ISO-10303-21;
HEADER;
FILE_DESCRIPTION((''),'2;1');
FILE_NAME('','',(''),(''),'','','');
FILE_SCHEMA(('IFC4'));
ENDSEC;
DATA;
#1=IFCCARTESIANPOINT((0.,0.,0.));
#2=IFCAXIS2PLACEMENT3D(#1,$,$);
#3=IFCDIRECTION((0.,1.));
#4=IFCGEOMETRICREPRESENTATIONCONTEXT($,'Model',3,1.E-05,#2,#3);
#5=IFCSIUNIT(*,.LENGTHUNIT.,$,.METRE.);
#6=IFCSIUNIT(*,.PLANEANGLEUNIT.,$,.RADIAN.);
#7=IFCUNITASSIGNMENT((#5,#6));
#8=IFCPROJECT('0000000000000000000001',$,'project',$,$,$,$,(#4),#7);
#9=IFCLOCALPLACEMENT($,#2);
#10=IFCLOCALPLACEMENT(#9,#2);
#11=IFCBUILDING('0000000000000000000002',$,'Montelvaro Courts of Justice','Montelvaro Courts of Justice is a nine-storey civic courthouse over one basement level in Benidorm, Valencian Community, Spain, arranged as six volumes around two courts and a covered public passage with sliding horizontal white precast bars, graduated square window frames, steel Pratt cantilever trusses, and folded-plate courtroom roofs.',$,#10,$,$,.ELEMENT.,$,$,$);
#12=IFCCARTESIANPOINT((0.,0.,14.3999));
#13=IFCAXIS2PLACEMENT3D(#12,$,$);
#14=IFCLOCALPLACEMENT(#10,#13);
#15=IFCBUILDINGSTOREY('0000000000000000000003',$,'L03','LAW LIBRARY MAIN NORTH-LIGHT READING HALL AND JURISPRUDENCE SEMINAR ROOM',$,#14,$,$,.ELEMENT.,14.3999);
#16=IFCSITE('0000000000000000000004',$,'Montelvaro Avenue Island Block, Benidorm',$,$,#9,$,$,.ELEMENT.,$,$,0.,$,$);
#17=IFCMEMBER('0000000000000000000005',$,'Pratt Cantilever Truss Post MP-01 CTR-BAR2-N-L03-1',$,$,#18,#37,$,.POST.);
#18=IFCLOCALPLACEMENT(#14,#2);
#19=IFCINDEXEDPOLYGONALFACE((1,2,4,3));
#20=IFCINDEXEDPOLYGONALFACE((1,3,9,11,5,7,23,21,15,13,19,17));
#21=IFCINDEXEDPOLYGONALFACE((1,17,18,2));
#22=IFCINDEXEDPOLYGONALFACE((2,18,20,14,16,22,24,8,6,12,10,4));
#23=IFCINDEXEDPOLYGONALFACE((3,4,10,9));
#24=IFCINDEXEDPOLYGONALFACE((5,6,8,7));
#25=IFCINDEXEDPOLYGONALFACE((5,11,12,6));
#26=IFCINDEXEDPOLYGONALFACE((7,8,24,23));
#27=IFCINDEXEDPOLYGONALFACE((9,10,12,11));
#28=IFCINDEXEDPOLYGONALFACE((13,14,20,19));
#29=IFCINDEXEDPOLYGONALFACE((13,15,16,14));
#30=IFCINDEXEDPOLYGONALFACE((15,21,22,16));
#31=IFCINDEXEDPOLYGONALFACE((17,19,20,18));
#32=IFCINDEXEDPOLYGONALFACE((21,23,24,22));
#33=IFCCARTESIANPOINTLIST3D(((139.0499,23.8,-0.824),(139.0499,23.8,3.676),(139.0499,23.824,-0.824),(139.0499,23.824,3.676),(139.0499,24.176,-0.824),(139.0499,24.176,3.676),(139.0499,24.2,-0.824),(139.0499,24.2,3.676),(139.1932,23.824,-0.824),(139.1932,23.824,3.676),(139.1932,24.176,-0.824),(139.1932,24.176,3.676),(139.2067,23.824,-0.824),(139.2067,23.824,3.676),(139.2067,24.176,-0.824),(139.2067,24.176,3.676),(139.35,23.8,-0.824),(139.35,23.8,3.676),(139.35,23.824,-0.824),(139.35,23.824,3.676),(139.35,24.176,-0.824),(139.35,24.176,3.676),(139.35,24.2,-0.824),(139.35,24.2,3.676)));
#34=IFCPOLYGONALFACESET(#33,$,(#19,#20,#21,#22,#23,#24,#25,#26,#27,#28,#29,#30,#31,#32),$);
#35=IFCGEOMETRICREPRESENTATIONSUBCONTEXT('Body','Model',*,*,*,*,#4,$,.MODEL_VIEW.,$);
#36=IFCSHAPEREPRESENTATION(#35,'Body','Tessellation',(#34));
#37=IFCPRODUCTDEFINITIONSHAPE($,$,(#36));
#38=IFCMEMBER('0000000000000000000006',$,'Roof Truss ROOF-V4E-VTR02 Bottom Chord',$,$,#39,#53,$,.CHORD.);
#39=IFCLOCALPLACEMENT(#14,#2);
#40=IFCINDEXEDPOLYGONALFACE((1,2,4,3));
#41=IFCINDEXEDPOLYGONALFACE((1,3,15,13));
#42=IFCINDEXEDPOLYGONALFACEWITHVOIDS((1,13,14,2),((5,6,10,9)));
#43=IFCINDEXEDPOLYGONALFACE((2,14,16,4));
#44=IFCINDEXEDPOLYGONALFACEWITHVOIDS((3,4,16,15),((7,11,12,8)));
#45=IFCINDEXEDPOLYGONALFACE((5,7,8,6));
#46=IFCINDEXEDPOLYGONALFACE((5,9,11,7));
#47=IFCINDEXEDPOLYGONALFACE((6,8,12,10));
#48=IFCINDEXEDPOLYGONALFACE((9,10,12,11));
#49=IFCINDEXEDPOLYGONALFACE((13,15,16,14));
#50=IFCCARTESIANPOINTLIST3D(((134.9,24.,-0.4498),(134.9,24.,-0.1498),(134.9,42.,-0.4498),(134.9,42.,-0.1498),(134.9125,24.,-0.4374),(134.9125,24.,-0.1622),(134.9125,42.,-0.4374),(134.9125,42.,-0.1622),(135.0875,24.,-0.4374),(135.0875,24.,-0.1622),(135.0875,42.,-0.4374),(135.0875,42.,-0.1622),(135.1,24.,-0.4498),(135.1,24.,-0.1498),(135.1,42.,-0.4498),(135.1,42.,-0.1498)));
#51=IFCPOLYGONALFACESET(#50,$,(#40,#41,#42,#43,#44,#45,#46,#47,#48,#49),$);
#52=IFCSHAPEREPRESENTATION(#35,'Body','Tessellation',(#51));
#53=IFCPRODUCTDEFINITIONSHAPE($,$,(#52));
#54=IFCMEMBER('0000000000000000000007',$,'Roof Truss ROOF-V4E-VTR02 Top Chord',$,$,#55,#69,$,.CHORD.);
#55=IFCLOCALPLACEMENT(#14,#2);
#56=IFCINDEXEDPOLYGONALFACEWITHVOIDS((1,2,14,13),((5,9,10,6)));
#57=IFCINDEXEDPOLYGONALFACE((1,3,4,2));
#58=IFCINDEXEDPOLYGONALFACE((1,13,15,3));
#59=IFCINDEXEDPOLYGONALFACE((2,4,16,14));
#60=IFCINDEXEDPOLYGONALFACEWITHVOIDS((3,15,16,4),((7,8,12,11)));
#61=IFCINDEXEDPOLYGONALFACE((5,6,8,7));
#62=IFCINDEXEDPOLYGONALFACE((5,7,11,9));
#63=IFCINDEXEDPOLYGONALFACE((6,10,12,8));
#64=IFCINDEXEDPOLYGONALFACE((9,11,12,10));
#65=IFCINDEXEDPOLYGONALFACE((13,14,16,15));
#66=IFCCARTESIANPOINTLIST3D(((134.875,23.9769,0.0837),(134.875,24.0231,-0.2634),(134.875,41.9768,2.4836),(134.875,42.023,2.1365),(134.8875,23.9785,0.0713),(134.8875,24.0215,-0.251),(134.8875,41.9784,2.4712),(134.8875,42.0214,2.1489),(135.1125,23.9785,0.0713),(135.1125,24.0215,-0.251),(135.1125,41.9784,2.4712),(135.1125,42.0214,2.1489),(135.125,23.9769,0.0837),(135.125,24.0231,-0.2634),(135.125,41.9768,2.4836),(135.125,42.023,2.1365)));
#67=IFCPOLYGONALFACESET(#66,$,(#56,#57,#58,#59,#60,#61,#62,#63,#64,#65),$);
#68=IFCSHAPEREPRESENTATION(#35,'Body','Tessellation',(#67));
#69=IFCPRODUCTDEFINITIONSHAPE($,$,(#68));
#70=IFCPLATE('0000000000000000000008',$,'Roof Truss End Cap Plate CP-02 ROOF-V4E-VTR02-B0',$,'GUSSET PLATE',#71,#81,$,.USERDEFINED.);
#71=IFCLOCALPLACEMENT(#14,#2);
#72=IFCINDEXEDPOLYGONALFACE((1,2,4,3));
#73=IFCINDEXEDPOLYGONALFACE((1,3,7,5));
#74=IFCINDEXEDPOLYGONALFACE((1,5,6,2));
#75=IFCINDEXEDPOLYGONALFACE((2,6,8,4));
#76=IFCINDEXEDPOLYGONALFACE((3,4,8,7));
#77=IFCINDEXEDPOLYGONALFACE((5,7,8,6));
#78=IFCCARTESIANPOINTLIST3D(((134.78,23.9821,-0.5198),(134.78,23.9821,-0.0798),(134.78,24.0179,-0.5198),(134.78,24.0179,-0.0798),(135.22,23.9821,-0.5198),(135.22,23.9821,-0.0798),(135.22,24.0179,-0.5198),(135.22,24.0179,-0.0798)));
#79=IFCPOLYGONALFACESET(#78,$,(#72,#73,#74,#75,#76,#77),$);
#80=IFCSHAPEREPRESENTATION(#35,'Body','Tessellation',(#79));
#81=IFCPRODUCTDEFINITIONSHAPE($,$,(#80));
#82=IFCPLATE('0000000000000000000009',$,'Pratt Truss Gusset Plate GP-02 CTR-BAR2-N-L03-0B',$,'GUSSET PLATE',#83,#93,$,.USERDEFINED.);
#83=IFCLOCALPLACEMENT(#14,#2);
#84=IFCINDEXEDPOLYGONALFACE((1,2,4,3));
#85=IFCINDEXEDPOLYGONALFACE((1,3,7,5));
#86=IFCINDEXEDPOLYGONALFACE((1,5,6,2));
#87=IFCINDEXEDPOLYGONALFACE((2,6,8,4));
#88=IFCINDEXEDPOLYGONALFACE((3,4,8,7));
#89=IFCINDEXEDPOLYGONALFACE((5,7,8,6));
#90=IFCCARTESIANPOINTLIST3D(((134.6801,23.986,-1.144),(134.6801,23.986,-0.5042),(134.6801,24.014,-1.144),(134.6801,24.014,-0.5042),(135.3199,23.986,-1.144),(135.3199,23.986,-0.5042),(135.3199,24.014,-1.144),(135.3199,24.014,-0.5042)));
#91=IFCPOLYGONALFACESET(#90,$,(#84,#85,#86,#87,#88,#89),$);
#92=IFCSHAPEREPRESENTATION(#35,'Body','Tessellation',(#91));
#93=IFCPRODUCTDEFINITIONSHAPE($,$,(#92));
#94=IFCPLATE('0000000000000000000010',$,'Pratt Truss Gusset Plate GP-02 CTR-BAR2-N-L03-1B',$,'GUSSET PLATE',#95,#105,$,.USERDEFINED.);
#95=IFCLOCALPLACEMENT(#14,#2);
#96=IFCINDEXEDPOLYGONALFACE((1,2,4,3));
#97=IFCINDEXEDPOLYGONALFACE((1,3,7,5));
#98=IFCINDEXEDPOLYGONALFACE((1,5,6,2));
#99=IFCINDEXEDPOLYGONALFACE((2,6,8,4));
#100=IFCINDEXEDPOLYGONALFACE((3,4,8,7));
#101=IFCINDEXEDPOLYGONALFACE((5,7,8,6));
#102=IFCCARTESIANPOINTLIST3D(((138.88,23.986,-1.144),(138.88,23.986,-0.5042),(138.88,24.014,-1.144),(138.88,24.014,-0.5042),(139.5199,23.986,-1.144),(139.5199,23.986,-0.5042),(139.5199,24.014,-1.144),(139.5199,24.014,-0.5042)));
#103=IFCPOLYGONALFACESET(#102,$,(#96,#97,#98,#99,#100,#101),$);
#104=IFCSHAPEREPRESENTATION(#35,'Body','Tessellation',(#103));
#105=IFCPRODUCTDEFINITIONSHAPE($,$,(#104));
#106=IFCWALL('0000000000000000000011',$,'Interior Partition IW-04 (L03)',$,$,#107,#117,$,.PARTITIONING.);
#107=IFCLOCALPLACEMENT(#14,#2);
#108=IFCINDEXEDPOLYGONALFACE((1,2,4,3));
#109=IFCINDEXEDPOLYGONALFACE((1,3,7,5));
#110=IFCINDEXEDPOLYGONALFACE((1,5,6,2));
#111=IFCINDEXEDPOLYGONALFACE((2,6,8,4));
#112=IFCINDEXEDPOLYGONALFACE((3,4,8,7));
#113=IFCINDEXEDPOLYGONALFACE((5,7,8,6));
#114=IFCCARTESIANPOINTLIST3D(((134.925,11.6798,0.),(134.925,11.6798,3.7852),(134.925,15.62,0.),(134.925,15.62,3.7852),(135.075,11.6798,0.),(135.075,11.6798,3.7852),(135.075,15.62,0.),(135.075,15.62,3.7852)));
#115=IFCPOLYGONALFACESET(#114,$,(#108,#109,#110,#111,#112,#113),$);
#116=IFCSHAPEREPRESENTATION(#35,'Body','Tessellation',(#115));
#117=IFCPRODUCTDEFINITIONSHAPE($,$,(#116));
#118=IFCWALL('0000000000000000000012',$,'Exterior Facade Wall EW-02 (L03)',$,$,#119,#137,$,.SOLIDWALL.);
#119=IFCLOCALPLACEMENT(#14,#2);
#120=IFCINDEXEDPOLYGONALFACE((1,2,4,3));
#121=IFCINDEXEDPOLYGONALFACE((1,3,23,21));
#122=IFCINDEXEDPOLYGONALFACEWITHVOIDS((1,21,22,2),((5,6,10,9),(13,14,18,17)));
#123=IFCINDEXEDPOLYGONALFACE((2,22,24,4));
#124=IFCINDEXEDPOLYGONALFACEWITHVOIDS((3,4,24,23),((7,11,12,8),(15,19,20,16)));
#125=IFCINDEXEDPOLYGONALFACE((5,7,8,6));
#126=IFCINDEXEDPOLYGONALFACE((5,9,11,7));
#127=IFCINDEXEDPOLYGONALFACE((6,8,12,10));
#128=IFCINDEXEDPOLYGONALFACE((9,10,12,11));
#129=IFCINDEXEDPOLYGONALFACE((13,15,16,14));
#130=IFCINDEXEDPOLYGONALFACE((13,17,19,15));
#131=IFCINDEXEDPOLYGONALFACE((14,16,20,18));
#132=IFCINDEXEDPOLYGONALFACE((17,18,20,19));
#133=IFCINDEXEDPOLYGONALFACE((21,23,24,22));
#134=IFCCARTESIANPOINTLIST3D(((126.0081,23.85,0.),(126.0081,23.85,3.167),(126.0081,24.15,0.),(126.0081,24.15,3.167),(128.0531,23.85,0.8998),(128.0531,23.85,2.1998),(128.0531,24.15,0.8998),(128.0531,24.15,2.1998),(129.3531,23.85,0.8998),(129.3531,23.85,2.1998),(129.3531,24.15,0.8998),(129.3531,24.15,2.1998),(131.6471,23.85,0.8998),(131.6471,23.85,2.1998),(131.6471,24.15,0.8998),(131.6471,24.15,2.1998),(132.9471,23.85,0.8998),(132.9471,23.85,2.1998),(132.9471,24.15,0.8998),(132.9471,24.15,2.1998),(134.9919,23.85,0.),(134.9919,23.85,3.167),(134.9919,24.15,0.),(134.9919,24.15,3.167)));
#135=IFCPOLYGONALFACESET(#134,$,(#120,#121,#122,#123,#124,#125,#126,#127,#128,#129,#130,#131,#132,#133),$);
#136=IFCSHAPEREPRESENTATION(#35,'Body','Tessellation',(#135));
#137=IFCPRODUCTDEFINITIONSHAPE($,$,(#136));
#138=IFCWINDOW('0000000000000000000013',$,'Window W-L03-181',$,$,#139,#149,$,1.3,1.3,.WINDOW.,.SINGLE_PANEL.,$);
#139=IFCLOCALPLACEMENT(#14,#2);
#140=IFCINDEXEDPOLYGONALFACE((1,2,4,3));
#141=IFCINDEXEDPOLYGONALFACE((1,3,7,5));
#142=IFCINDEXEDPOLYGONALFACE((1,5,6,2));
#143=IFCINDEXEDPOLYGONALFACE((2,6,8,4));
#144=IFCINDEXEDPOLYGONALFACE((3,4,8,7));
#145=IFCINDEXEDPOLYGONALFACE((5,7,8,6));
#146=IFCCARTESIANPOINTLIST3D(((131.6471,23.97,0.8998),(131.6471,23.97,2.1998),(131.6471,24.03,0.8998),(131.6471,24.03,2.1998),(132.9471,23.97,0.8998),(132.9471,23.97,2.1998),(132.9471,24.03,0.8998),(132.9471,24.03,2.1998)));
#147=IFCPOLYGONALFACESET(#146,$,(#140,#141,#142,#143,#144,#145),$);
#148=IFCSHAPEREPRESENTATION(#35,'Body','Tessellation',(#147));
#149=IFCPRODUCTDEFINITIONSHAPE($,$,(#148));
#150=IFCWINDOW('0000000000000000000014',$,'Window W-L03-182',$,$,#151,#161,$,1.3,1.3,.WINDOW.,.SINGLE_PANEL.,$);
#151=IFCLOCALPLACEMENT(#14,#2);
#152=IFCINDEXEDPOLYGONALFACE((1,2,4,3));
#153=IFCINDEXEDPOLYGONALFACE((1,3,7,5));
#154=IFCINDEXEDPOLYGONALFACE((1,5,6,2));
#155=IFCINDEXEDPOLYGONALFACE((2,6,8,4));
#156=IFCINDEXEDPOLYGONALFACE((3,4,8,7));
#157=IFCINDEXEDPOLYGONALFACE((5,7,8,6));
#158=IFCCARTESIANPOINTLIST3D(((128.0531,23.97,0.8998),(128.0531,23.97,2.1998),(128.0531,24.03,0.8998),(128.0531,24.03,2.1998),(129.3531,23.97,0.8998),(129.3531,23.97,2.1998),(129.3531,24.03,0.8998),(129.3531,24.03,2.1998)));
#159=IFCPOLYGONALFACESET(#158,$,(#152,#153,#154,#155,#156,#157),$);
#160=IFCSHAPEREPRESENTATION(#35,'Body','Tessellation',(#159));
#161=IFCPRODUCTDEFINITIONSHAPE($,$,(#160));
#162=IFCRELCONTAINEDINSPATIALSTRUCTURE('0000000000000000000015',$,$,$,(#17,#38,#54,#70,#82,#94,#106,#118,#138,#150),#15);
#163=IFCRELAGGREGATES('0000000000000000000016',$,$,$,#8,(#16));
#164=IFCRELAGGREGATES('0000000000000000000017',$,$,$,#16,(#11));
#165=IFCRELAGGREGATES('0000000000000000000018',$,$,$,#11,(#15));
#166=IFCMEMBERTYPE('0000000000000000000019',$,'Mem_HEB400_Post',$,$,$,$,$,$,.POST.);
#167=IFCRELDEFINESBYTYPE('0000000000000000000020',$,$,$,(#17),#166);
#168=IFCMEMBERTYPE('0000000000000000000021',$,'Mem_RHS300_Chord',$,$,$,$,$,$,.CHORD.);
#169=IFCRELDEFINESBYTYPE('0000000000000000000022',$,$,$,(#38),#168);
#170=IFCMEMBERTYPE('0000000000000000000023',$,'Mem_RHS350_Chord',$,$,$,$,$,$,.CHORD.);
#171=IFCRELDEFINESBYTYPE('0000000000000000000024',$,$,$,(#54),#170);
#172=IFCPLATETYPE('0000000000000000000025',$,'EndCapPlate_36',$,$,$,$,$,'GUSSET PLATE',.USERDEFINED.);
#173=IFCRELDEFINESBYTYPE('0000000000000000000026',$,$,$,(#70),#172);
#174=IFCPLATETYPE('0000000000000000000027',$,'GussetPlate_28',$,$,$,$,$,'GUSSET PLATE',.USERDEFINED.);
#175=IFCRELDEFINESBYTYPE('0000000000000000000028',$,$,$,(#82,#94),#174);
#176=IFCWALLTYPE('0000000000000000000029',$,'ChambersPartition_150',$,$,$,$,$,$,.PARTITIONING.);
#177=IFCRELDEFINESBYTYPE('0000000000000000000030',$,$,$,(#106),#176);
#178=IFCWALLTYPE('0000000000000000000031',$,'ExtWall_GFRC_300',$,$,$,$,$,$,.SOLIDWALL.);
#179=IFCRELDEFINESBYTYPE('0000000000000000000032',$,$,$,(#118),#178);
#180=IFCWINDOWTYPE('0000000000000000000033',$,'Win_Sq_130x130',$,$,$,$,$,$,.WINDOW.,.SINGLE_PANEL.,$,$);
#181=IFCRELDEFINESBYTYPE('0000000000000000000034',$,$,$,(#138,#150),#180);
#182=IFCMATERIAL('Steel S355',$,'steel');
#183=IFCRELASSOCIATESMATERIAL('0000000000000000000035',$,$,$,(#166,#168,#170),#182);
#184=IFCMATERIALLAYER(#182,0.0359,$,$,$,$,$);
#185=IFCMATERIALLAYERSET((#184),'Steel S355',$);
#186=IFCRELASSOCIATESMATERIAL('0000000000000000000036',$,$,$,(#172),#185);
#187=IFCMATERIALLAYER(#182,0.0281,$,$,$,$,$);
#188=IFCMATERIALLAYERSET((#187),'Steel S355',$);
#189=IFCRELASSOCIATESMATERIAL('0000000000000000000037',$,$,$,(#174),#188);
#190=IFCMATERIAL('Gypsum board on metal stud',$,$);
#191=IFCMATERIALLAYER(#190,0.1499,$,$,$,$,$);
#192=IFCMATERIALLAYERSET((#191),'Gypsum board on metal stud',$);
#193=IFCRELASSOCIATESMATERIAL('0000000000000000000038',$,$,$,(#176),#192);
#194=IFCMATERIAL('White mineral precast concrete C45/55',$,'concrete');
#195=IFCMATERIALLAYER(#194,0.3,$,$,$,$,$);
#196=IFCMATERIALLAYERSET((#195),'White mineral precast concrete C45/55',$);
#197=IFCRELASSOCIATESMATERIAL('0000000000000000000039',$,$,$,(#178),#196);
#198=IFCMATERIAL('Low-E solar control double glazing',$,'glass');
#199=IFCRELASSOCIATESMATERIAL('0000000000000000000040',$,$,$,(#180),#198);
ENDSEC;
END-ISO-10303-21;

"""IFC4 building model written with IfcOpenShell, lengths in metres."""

from ifc_helpers import new_model, si_unit, direction, frame, frame_2d, origin, origin_2d, place, context, subcontext, project, spatial, rectangle, hollow_rectangle, i_section, extrude, material, layer, layer_set, material_profile, profile_set, type_object, element, fill, save


model = new_model("IFC4")

# Units and contexts
model_context = context("Model", 3, precision=1e-05, world=origin(), true_north=direction((0.0, 1.0)))
body_context = subcontext(model_context, "Body", "Model", "MODEL_VIEW")
ifc_project = project(units=[si_unit("LENGTHUNIT", "METRE"), si_unit("PLANEANGLEUNIT", "RADIAN")], contexts=[model_context])

# Site, building, storey
site_placement = place(None, origin())
site = spatial("IfcSite", under=ifc_project, at=site_placement, Name="Montelvaro Avenue Island Block, Benidorm", CompositionType="ELEMENT", RefElevation=0.0)
building_placement = place(site_placement, origin())
building = spatial("IfcBuilding", under=site, at=building_placement, Name="Montelvaro Courts of Justice", Description="Montelvaro Courts of Justice is a nine-storey civic courthouse over one basement level in Benidorm, Valencian Community, Spain, arranged as six volumes around two courts and a covered public passage with sliding horizontal white precast bars, graduated square window frames, steel Pratt cantilever trusses, and folded-plate courtroom roofs.", CompositionType="ELEMENT")
storey_placement = place(building_placement, frame((0.0, 0.0, 14.3999)))
storey = spatial("IfcBuildingStorey", under=building, at=storey_placement, Name="L03", Description="LAW LIBRARY MAIN NORTH-LIGHT READING HALL AND JURISPRUDENCE SEMINAR ROOM", CompositionType="ELEMENT", Elevation=14.3999)

# Shared definitions
ifc_material_1 = material(Name="Steel S355", Category="steel")

# Members
ifc_material_profile_1 = material_profile(ifc_material_1, i_section(OverallWidth=0.3, OverallDepth=0.3999, WebThickness=0.0134, FlangeThickness=0.0239, at=origin_2d()), Name="HEB 400")
ifc_profile_set_1 = profile_set([ifc_material_profile_1], Name="Steel S355")
member_type_1 = type_object("IfcMemberType", Name="Mem_HEB400_Post", PredefinedType="POST", material=ifc_profile_set_1)
member_1_placement = place(storey_placement, frame((139.2, 24.0, -0.824), z_axis=(0.0, 0.0, 1.0), x_axis=(1.0, 0.0, 0.0)))
element("IfcMember", 1, at=member_1_placement, inside=storey, type_object=member_type_1, Name="Pratt Cantilever Truss Post MP-01 CTR-BAR2-N-L03-1", PredefinedType="POST", context=body_context, shape_type="SweptSolid", body=[
    extrude(i_section(OverallWidth=0.3, OverallDepth=0.3999, WebThickness=0.0134, FlangeThickness=0.0239, at=origin_2d()), origin(), (0.0, 0.0, 1.0), 4.5),
])
ifc_material_profile_2 = material_profile(ifc_material_1, hollow_rectangle(XDim=0.2, YDim=0.3, WallThickness=0.0125, at=origin_2d()), Name="RHS 300x200x12.5")
ifc_profile_set_2 = profile_set([ifc_material_profile_2], Name="Steel S355")
member_type_2 = type_object("IfcMemberType", Name="Mem_RHS300_Chord", PredefinedType="CHORD", material=ifc_profile_set_2)
member_2_placement = place(storey_placement, frame((135.0, 24.0, -0.2998), z_axis=(0.0, 1.0, 0.0), x_axis=(-1.0, 0.0, 0.0)))
element("IfcMember", 2, at=member_2_placement, inside=storey, type_object=member_type_2, Name="Roof Truss ROOF-V4E-VTR02 Bottom Chord", PredefinedType="CHORD", context=body_context, shape_type="SweptSolid", body=[
    extrude(hollow_rectangle(XDim=0.2, YDim=0.3, WallThickness=0.0125, at=origin_2d()), origin(), (0.0, 0.0, 1.0), 18.0),
])
ifc_material_profile_3 = material_profile(ifc_material_1, hollow_rectangle(XDim=0.25, YDim=0.3501, WallThickness=0.0125, at=origin_2d()), Name="RHS 350x250x12.5")
ifc_profile_set_3 = profile_set([ifc_material_profile_3], Name="Steel S355")
member_type_3 = type_object("IfcMemberType", Name="Mem_RHS350_Chord", PredefinedType="CHORD", material=ifc_profile_set_3)
member_3_placement = place(storey_placement, frame((135.0, 24.0, -0.0898), z_axis=(0.0, 0.991229, 0.132158), x_axis=(-1.0, 0.0, 0.0)))
element("IfcMember", 3, at=member_3_placement, inside=storey, type_object=member_type_3, Name="Roof Truss ROOF-V4E-VTR02 Top Chord", PredefinedType="CHORD", context=body_context, shape_type="SweptSolid", body=[
    extrude(hollow_rectangle(XDim=0.25, YDim=0.3501, WallThickness=0.0125, at=origin_2d()), origin(), (0.0, 0.0, 1.0), 18.1592),
])

# Plates
ifc_layer_1 = layer(ifc_material_1, 0.0359)
ifc_layer_set_1 = layer_set([ifc_layer_1], Name="Steel S355")
plate_type_1 = type_object("IfcPlateType", Name="EndCapPlate_36", ElementType="GUSSET PLATE", PredefinedType="USERDEFINED", material=ifc_layer_set_1)
plate_placement = place(storey_placement, frame((135.0, 24.0, -0.5198), z_axis=(0.0, 0.0, 1.0), x_axis=(1.0, 0.0, 0.0)))
element("IfcPlate", 4, at=plate_placement, inside=storey, type_object=plate_type_1, Name="Roof Truss End Cap Plate CP-02 ROOF-V4E-VTR02-B0", ObjectType="GUSSET PLATE", PredefinedType="USERDEFINED", context=body_context, shape_type="SweptSolid", body=[
    extrude(rectangle(XDim=0.4399, YDim=0.0359, at=origin_2d()), origin(), (0.0, 0.0, 1.0), 0.4399),
])
ifc_layer_2 = layer(ifc_material_1, 0.0281)
ifc_layer_set_2 = layer_set([ifc_layer_2], Name="Steel S355")
plate_type_2 = type_object("IfcPlateType", Name="GussetPlate_28", ElementType="GUSSET PLATE", PredefinedType="USERDEFINED", material=ifc_layer_set_2)
for number, where, z_axis, x_axis, name in (
    (5, (135.0, 24.0, -1.144), (0.0, 0.0, 1.0), (1.0, 0.0, 0.0), "Pratt Truss Gusset Plate GP-02 CTR-BAR2-N-L03-0B"),
    (6, (139.2, 24.0, -1.144), (0.0, 0.0, 1.0), (1.0, 0.0, 0.0), "Pratt Truss Gusset Plate GP-02 CTR-BAR2-N-L03-1B"),
):
    element("IfcPlate", number, at=place(storey_placement, frame(where, z_axis=z_axis, x_axis=x_axis)), inside=storey, type_object=plate_type_2, Name=name, ObjectType="GUSSET PLATE", PredefinedType="USERDEFINED", context=body_context, shape_type="SweptSolid", body=[
        extrude(rectangle(XDim=0.6399, YDim=0.0281, at=origin_2d()), origin(), (0.0, 0.0, 1.0), 0.6399),
    ])

# Wall
ifc_material_2 = material(Name="Gypsum board on metal stud")
ifc_layer_3 = layer(ifc_material_2, 0.1499)
ifc_layer_set_3 = layer_set([ifc_layer_3], Name="Gypsum board on metal stud")
wall_type_1 = type_object("IfcWallType", Name="ChambersPartition_150", PredefinedType="PARTITIONING", material=ifc_layer_set_3)
wall_1_placement = place(storey_placement, frame((135.0, 15.6201, 0.0), z_axis=(0.0, 0.0, 1.0), x_axis=(0.0, -1.0, 0.0)))
element("IfcWall", 7, at=wall_1_placement, inside=storey, type_object=wall_type_1, Name="Interior Partition IW-04 (L03)", PredefinedType="PARTITIONING", context=body_context, shape_type="SweptSolid", body=[
    extrude(rectangle(XDim=3.9402, YDim=0.1499, at=frame_2d((1.9702, 0.0))), origin(), (0.0, 0.0, 1.0), 3.7852),
])

# Wall, openings, windows
ifc_material_3 = material(Name="White mineral precast concrete C45/55", Category="concrete")
ifc_layer_4 = layer(ifc_material_3, 0.3)
ifc_layer_set_4 = layer_set([ifc_layer_4], Name="White mineral precast concrete C45/55")
wall_type_2 = type_object("IfcWallType", Name="ExtWall_GFRC_300", PredefinedType="SOLIDWALL", material=ifc_layer_set_4)
wall_2_placement = place(storey_placement, frame((134.9919, 24.0, 0.0), z_axis=(0.0, 0.0, 1.0), x_axis=(-1.0, 0.0, 0.0)))
wall_2 = element("IfcWall", 8, at=wall_2_placement, inside=storey, type_object=wall_type_2, Name="Exterior Facade Wall EW-02 (L03)", PredefinedType="SOLIDWALL", context=body_context, shape_type="SweptSolid", body=[
    extrude(rectangle(XDim=8.9839, YDim=0.3, at=frame_2d((4.4919, 0.0))), origin(), (0.0, 0.0, 1.0), 3.167),
])
opening_1_placement = place(wall_2_placement, frame((2.0449, 0.0, 0.8999)))
opening_1 = element("IfcOpeningElement", 9, at=opening_1_placement, cuts=wall_2, PredefinedType="OPENING", context=body_context, shape_type="SweptSolid", body=[
    extrude(rectangle(XDim=1.3, YDim=1.3, at=frame_2d((0.6499, 0.6499))), frame((0.0, 0.165, 0.0), z_axis=(0.0, -1.0, 0.0), x_axis=(1.0, 0.0, 0.0)), (0.0, 0.0, 1.0), 0.3298),
])
opening_2_placement = place(wall_2_placement, frame((5.6389, 0.0, 0.8999)))
opening_2 = element("IfcOpeningElement", 10, at=opening_2_placement, cuts=wall_2, PredefinedType="OPENING", context=body_context, shape_type="SweptSolid", body=[
    extrude(rectangle(XDim=1.3, YDim=1.3, at=frame_2d((0.6499, 0.6499))), frame((0.0, 0.165, 0.0), z_axis=(0.0, -1.0, 0.0), x_axis=(1.0, 0.0, 0.0)), (0.0, 0.0, 1.0), 0.3298),
])
ifc_material_4 = material(Name="Low-E solar control double glazing", Category="glass")
window_type = type_object("IfcWindowType", Name="Win_Sq_130x130", PartitioningType="SINGLE_PANEL", PredefinedType="WINDOW", material=ifc_material_4)
window_1_placement = place(opening_1_placement, origin())
window_1 = element("IfcWindow", 11, at=window_1_placement, inside=storey, type_object=window_type, Name="Window W-L03-181", OverallHeight=1.3, OverallWidth=1.3, PartitioningType="SINGLE_PANEL", PredefinedType="WINDOW", context=body_context, shape_type="SweptSolid", body=[
    extrude(rectangle(XDim=1.3, YDim=1.3, at=frame_2d((0.6499, 0.6499))), frame((0.0, 0.03, 0.0), z_axis=(0.0, -1.0, 0.0), x_axis=(1.0, 0.0, 0.0)), (0.0, 0.0, 1.0), 0.0601),
])
fill(opening_1, window_1)
window_2_placement = place(opening_2_placement, origin())
window_2 = element("IfcWindow", 12, at=window_2_placement, inside=storey, type_object=window_type, Name="Window W-L03-182", OverallHeight=1.3, OverallWidth=1.3, PartitioningType="SINGLE_PANEL", PredefinedType="WINDOW", context=body_context, shape_type="SweptSolid", body=[
    extrude(rectangle(XDim=1.3, YDim=1.3, at=frame_2d((0.6499, 0.6499))), frame((0.0, 0.03, 0.0), z_axis=(0.0, -1.0, 0.0), x_axis=(1.0, 0.0, 0.0)), (0.0, 0.0, 1.0), 0.0601),
])
fill(opening_2, window_2)

save(model, "model.ifc")
